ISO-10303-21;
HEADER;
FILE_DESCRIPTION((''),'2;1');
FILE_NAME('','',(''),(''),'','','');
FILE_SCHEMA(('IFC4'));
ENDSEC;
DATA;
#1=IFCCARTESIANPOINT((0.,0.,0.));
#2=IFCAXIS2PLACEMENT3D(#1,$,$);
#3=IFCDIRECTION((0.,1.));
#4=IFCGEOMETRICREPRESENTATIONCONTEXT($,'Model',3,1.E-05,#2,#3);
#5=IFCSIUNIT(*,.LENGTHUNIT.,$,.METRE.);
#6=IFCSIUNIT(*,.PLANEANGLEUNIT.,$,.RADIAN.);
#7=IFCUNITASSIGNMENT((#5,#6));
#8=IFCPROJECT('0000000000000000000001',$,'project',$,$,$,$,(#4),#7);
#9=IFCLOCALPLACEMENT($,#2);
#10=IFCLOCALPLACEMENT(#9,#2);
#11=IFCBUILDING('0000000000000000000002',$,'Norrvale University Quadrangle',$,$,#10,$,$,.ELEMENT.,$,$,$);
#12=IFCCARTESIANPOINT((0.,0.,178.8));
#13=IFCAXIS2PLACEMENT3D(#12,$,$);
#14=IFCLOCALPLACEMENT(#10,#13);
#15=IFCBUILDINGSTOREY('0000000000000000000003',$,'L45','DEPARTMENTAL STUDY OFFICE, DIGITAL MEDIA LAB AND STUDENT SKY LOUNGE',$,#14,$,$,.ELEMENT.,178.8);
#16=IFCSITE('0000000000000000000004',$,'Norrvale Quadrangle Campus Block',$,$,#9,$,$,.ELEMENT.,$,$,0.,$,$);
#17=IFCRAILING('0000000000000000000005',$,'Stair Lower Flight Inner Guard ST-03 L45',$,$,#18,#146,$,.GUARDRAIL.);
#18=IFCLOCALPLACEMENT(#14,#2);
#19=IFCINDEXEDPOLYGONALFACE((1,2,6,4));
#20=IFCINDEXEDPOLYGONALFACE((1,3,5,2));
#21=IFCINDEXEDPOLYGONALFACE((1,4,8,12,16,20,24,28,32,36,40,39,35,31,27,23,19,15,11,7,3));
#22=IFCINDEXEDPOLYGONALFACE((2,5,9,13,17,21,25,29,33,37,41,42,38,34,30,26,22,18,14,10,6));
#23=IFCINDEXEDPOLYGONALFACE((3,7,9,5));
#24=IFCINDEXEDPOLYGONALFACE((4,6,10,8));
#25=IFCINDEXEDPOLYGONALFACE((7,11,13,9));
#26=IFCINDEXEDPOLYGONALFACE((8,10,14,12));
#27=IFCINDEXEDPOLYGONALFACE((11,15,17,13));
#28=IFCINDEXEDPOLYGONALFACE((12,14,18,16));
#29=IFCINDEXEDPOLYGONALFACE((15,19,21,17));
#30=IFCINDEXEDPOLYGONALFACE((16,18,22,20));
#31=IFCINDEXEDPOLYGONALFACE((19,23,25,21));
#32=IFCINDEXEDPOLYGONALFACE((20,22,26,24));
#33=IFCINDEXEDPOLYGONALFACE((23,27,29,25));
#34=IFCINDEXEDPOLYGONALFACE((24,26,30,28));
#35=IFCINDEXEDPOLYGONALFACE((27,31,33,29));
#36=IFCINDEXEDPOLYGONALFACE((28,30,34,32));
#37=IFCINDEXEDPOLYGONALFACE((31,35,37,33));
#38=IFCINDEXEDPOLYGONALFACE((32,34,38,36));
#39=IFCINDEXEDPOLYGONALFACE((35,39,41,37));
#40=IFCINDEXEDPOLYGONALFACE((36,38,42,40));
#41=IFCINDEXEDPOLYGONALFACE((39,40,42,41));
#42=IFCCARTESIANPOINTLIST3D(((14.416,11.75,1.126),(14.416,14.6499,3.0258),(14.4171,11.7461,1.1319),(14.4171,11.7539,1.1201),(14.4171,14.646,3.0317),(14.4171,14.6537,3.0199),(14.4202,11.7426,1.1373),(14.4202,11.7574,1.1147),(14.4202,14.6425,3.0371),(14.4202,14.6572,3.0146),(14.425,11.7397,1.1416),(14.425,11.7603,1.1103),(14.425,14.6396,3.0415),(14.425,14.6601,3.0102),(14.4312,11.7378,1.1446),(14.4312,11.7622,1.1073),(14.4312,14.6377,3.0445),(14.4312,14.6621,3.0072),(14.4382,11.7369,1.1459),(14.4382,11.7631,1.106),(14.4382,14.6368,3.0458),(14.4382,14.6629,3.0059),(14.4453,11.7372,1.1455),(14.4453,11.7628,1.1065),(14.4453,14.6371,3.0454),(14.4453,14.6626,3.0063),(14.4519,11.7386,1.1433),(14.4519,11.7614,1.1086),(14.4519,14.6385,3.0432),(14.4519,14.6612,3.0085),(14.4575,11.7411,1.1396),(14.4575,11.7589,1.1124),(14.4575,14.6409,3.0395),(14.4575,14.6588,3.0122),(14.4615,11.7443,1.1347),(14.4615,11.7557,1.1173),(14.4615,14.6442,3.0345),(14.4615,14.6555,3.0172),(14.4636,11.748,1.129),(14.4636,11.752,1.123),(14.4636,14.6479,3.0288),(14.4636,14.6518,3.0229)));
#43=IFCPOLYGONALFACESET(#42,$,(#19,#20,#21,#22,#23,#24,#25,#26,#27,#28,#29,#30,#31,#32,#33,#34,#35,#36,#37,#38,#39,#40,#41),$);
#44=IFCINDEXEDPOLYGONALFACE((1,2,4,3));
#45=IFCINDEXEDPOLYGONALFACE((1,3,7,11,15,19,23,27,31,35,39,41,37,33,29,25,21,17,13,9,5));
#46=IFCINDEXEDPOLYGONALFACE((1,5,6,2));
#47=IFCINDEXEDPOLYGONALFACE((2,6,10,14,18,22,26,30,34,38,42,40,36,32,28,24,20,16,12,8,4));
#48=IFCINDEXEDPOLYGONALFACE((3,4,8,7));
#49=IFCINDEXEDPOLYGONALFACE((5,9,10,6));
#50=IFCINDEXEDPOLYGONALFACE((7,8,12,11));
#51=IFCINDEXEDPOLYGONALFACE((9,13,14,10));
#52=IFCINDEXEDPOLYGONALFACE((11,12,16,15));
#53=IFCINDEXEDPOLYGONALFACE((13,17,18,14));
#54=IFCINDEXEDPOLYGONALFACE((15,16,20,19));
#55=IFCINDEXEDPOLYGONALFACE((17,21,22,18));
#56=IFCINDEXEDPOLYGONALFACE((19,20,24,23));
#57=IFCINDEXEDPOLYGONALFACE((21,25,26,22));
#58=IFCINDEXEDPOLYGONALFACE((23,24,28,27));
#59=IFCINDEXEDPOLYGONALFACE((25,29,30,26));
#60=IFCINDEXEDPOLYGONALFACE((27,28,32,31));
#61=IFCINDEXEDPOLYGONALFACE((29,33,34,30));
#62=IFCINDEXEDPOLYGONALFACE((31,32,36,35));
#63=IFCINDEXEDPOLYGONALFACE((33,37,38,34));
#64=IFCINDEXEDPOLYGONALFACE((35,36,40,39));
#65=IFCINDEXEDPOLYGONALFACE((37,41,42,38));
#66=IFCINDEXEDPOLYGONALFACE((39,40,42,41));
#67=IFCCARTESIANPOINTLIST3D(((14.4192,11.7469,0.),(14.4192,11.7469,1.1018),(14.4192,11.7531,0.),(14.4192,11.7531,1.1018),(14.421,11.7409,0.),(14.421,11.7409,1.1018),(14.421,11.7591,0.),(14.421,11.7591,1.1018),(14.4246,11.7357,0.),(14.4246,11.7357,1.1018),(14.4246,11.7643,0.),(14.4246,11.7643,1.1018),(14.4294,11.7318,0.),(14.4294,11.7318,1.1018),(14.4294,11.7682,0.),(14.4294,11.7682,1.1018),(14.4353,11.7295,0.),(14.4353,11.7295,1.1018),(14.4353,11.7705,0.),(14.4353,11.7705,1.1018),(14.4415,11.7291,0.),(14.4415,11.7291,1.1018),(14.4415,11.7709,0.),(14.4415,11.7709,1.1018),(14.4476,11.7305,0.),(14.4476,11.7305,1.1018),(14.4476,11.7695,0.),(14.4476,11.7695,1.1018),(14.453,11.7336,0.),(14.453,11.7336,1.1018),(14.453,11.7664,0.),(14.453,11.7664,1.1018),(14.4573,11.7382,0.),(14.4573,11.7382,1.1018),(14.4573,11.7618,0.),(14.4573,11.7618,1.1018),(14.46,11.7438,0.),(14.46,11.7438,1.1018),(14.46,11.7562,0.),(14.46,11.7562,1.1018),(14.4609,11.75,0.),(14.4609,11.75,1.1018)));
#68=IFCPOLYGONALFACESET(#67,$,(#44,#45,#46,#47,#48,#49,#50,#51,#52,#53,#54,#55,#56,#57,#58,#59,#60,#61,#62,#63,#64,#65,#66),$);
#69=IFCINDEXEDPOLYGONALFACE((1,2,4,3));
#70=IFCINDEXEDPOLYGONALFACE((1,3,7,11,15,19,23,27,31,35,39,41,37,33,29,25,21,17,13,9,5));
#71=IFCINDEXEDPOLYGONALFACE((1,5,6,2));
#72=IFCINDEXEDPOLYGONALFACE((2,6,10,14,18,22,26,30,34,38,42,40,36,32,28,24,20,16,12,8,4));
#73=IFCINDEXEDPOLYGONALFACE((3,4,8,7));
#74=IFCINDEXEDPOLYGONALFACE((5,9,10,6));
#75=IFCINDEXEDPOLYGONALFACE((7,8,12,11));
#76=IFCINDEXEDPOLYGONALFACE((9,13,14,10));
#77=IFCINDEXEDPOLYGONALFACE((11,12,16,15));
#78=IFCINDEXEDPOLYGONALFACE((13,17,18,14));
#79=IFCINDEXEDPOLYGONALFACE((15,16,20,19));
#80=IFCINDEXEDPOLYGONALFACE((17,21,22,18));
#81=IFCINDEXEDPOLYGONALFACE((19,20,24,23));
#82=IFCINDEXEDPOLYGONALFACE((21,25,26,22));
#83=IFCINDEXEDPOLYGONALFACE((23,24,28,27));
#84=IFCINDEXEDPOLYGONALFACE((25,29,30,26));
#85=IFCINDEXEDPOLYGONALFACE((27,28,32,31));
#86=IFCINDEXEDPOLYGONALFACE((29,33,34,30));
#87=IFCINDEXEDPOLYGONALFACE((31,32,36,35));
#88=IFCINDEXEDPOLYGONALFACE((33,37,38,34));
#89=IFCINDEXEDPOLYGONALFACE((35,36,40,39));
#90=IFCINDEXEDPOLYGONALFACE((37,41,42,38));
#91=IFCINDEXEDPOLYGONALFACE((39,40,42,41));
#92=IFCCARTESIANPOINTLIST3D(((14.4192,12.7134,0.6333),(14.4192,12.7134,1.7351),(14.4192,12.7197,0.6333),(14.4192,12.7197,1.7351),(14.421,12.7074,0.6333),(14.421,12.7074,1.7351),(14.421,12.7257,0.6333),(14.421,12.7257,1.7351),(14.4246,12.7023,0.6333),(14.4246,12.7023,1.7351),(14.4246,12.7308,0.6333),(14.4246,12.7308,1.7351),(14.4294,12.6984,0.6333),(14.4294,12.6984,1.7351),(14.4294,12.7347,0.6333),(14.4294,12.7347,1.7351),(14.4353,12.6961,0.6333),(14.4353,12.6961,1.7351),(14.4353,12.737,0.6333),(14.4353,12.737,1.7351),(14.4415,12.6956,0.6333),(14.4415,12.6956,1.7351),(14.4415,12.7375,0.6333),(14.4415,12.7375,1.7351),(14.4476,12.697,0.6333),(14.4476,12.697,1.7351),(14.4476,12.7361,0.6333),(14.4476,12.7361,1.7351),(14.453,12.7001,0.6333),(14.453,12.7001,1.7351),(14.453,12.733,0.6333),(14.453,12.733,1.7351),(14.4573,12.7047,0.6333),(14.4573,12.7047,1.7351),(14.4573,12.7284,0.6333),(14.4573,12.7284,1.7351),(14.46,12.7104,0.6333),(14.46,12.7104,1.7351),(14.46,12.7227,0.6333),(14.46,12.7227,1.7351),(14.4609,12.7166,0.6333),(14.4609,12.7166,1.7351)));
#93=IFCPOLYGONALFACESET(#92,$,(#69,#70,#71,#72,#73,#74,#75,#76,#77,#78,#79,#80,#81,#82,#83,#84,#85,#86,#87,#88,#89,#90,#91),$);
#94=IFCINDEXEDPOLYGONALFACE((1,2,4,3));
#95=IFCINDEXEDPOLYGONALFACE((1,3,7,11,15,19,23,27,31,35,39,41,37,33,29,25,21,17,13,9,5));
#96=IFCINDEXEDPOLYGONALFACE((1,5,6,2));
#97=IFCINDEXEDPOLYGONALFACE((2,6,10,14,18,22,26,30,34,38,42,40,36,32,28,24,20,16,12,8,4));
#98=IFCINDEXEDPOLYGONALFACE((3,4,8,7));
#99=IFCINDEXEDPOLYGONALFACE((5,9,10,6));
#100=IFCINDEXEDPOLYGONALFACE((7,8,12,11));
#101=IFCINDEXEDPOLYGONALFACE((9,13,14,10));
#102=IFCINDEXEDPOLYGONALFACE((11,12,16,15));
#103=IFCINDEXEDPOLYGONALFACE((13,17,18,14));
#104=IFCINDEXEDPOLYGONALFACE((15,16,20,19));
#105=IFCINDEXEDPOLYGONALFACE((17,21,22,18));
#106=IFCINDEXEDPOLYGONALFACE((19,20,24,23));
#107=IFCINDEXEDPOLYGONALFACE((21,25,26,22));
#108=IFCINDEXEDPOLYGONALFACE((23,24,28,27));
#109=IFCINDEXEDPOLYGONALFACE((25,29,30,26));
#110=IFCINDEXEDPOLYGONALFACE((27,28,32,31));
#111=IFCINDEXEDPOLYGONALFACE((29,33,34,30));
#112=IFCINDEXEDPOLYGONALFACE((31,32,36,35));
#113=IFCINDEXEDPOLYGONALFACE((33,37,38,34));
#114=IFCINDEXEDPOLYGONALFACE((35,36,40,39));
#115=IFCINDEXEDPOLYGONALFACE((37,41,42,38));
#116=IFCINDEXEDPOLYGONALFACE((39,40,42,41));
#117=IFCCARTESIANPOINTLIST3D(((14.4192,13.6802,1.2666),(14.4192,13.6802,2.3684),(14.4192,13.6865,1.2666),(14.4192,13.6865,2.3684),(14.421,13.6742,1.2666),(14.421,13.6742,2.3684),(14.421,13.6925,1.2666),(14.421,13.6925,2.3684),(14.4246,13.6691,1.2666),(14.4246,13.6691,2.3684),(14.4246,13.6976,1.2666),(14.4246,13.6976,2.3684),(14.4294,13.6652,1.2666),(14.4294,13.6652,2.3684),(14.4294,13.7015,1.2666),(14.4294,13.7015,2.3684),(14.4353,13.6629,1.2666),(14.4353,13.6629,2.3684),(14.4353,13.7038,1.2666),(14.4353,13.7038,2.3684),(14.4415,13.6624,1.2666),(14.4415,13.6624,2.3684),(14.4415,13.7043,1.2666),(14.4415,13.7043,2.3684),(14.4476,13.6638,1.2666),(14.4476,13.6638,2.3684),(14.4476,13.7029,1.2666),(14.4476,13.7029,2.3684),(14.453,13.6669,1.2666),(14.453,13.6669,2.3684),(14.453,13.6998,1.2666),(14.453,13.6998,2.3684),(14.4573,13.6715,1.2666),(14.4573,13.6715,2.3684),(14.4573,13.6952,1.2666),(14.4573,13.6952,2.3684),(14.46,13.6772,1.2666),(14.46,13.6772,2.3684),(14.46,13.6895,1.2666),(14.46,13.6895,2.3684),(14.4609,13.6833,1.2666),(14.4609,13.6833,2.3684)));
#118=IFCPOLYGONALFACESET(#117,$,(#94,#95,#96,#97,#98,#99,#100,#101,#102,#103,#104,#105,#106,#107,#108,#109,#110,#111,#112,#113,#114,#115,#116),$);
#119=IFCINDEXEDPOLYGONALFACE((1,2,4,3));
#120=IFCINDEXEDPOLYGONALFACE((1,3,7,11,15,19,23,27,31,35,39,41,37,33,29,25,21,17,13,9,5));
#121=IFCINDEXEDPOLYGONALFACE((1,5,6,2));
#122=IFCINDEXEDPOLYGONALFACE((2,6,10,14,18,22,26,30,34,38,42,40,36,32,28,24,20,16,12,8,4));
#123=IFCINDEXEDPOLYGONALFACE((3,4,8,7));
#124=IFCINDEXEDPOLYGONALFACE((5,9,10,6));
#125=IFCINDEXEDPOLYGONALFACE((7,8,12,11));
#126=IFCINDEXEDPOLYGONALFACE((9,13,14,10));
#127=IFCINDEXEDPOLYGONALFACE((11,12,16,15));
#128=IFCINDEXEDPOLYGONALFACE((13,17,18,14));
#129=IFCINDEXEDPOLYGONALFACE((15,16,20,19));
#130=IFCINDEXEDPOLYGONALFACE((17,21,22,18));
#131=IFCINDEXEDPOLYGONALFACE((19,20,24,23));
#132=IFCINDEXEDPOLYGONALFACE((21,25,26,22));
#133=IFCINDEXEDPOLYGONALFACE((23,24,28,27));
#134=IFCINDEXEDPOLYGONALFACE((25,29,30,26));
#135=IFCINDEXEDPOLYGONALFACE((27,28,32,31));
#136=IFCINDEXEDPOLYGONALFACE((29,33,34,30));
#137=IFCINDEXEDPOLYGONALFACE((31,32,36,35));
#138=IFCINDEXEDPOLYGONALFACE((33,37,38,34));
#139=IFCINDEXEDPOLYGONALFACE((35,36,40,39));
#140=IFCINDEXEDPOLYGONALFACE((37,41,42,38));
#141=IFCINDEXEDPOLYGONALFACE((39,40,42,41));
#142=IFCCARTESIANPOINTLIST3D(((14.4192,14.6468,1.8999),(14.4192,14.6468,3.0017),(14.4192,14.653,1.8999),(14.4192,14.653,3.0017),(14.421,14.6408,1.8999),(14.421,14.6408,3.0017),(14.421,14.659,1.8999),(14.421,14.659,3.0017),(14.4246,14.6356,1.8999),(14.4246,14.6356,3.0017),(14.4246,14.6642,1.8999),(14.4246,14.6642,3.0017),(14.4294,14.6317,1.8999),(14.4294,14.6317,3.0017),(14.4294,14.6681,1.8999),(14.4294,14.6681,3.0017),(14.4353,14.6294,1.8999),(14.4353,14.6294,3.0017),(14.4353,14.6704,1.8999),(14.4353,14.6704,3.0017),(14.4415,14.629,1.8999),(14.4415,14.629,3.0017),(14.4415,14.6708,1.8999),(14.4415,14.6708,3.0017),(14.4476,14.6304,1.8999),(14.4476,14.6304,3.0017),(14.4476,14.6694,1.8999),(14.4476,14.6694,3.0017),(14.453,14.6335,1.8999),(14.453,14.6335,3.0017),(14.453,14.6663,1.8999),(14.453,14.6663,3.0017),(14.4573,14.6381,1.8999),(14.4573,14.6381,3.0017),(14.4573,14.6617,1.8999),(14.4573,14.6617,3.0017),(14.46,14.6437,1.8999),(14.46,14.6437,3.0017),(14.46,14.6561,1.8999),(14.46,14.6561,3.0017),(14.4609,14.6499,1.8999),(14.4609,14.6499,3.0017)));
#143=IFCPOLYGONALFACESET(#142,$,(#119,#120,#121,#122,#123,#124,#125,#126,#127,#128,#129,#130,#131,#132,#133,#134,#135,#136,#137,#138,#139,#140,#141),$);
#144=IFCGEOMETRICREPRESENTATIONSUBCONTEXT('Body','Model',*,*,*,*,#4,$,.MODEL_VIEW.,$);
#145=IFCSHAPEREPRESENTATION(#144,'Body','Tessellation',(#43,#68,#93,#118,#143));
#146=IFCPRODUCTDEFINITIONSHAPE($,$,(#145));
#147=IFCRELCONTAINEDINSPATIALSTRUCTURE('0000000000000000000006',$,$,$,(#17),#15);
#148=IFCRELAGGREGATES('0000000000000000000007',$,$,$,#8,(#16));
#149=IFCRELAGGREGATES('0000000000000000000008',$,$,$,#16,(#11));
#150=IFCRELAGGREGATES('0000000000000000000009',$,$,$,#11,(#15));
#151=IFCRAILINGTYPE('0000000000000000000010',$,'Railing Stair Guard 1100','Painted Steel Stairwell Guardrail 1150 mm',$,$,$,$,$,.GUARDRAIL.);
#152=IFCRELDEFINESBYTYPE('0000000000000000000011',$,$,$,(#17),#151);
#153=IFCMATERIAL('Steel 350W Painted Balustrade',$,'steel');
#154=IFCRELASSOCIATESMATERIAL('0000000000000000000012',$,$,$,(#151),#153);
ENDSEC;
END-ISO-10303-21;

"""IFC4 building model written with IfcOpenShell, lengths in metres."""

from ifc_helpers import new_model, si_unit, direction, frame, origin, origin_2d, place, context, subcontext, project, spatial, circle, extrude, material, type_object, element, save


model = new_model("IFC4")

# Units and contexts
model_context = context("Model", 3, precision=1e-05, world=origin(), true_north=direction((0.0, 1.0)))
body_context = subcontext(model_context, "Body", "Model", "MODEL_VIEW")
ifc_project = project(units=[si_unit("LENGTHUNIT", "METRE"), si_unit("PLANEANGLEUNIT", "RADIAN")], contexts=[model_context])

# Site, building, storey
site_placement = place(None, origin())
site = spatial("IfcSite", under=ifc_project, at=site_placement, Name="Norrvale Quadrangle Campus Block", CompositionType="ELEMENT", RefElevation=0.0)
building_placement = place(site_placement, origin())
building = spatial("IfcBuilding", under=site, at=building_placement, Name="Norrvale University Quadrangle", CompositionType="ELEMENT")
storey_placement = place(building_placement, frame((0.0, 0.0, 178.8)))
storey = spatial("IfcBuildingStorey", under=building, at=storey_placement, Name="L45", Description="DEPARTMENTAL STUDY OFFICE, DIGITAL MEDIA LAB AND STUDENT SKY LOUNGE", CompositionType="ELEMENT", Elevation=178.8)

# Railing
ifc_material_1 = material(Name="Steel 350W Painted Balustrade", Category="steel")
railing_type_1 = type_object("IfcRailingType", Name="Railing Stair Guard 1100", Description="Painted Steel Stairwell Guardrail 1150 mm", PredefinedType="GUARDRAIL", material=ifc_material_1)
railing_1_placement = place(storey_placement, frame((14.4399, 11.75, 0.0)))
element("IfcRailing", 1, at=railing_1_placement, inside=storey, type_object=railing_type_1, Name="Stair Lower Flight Inner Guard ST-03 L45", PredefinedType="GUARDRAIL", context=body_context, shape_type="SweptSolid", body=[
    extrude(circle(Radius=0.0239, at=origin_2d()), frame((0.0, 0.0, 1.126), z_axis=(0.0, 0.836466, 0.548019), x_axis=(-1.0, 0.0, 0.0)), (0.0, 0.0, 1.0), 3.4668),
    extrude(circle(Radius=0.021, at=origin_2d()), origin(), (0.0, 0.0, 1.0), 1.1018),
    extrude(circle(Radius=0.021, at=origin_2d()), frame((0.0, 0.9666, 0.6333)), (0.0, 0.0, 1.0), 1.1018),
    extrude(circle(Radius=0.021, at=origin_2d()), frame((0.0, 1.9333, 1.2666)), (0.0, 0.0, 1.0), 1.1018),
    extrude(circle(Radius=0.021, at=origin_2d()), frame((0.0, 2.8999, 1.8999)), (0.0, 0.0, 1.0), 1.1018),
])

save(model, "model.ifc")
